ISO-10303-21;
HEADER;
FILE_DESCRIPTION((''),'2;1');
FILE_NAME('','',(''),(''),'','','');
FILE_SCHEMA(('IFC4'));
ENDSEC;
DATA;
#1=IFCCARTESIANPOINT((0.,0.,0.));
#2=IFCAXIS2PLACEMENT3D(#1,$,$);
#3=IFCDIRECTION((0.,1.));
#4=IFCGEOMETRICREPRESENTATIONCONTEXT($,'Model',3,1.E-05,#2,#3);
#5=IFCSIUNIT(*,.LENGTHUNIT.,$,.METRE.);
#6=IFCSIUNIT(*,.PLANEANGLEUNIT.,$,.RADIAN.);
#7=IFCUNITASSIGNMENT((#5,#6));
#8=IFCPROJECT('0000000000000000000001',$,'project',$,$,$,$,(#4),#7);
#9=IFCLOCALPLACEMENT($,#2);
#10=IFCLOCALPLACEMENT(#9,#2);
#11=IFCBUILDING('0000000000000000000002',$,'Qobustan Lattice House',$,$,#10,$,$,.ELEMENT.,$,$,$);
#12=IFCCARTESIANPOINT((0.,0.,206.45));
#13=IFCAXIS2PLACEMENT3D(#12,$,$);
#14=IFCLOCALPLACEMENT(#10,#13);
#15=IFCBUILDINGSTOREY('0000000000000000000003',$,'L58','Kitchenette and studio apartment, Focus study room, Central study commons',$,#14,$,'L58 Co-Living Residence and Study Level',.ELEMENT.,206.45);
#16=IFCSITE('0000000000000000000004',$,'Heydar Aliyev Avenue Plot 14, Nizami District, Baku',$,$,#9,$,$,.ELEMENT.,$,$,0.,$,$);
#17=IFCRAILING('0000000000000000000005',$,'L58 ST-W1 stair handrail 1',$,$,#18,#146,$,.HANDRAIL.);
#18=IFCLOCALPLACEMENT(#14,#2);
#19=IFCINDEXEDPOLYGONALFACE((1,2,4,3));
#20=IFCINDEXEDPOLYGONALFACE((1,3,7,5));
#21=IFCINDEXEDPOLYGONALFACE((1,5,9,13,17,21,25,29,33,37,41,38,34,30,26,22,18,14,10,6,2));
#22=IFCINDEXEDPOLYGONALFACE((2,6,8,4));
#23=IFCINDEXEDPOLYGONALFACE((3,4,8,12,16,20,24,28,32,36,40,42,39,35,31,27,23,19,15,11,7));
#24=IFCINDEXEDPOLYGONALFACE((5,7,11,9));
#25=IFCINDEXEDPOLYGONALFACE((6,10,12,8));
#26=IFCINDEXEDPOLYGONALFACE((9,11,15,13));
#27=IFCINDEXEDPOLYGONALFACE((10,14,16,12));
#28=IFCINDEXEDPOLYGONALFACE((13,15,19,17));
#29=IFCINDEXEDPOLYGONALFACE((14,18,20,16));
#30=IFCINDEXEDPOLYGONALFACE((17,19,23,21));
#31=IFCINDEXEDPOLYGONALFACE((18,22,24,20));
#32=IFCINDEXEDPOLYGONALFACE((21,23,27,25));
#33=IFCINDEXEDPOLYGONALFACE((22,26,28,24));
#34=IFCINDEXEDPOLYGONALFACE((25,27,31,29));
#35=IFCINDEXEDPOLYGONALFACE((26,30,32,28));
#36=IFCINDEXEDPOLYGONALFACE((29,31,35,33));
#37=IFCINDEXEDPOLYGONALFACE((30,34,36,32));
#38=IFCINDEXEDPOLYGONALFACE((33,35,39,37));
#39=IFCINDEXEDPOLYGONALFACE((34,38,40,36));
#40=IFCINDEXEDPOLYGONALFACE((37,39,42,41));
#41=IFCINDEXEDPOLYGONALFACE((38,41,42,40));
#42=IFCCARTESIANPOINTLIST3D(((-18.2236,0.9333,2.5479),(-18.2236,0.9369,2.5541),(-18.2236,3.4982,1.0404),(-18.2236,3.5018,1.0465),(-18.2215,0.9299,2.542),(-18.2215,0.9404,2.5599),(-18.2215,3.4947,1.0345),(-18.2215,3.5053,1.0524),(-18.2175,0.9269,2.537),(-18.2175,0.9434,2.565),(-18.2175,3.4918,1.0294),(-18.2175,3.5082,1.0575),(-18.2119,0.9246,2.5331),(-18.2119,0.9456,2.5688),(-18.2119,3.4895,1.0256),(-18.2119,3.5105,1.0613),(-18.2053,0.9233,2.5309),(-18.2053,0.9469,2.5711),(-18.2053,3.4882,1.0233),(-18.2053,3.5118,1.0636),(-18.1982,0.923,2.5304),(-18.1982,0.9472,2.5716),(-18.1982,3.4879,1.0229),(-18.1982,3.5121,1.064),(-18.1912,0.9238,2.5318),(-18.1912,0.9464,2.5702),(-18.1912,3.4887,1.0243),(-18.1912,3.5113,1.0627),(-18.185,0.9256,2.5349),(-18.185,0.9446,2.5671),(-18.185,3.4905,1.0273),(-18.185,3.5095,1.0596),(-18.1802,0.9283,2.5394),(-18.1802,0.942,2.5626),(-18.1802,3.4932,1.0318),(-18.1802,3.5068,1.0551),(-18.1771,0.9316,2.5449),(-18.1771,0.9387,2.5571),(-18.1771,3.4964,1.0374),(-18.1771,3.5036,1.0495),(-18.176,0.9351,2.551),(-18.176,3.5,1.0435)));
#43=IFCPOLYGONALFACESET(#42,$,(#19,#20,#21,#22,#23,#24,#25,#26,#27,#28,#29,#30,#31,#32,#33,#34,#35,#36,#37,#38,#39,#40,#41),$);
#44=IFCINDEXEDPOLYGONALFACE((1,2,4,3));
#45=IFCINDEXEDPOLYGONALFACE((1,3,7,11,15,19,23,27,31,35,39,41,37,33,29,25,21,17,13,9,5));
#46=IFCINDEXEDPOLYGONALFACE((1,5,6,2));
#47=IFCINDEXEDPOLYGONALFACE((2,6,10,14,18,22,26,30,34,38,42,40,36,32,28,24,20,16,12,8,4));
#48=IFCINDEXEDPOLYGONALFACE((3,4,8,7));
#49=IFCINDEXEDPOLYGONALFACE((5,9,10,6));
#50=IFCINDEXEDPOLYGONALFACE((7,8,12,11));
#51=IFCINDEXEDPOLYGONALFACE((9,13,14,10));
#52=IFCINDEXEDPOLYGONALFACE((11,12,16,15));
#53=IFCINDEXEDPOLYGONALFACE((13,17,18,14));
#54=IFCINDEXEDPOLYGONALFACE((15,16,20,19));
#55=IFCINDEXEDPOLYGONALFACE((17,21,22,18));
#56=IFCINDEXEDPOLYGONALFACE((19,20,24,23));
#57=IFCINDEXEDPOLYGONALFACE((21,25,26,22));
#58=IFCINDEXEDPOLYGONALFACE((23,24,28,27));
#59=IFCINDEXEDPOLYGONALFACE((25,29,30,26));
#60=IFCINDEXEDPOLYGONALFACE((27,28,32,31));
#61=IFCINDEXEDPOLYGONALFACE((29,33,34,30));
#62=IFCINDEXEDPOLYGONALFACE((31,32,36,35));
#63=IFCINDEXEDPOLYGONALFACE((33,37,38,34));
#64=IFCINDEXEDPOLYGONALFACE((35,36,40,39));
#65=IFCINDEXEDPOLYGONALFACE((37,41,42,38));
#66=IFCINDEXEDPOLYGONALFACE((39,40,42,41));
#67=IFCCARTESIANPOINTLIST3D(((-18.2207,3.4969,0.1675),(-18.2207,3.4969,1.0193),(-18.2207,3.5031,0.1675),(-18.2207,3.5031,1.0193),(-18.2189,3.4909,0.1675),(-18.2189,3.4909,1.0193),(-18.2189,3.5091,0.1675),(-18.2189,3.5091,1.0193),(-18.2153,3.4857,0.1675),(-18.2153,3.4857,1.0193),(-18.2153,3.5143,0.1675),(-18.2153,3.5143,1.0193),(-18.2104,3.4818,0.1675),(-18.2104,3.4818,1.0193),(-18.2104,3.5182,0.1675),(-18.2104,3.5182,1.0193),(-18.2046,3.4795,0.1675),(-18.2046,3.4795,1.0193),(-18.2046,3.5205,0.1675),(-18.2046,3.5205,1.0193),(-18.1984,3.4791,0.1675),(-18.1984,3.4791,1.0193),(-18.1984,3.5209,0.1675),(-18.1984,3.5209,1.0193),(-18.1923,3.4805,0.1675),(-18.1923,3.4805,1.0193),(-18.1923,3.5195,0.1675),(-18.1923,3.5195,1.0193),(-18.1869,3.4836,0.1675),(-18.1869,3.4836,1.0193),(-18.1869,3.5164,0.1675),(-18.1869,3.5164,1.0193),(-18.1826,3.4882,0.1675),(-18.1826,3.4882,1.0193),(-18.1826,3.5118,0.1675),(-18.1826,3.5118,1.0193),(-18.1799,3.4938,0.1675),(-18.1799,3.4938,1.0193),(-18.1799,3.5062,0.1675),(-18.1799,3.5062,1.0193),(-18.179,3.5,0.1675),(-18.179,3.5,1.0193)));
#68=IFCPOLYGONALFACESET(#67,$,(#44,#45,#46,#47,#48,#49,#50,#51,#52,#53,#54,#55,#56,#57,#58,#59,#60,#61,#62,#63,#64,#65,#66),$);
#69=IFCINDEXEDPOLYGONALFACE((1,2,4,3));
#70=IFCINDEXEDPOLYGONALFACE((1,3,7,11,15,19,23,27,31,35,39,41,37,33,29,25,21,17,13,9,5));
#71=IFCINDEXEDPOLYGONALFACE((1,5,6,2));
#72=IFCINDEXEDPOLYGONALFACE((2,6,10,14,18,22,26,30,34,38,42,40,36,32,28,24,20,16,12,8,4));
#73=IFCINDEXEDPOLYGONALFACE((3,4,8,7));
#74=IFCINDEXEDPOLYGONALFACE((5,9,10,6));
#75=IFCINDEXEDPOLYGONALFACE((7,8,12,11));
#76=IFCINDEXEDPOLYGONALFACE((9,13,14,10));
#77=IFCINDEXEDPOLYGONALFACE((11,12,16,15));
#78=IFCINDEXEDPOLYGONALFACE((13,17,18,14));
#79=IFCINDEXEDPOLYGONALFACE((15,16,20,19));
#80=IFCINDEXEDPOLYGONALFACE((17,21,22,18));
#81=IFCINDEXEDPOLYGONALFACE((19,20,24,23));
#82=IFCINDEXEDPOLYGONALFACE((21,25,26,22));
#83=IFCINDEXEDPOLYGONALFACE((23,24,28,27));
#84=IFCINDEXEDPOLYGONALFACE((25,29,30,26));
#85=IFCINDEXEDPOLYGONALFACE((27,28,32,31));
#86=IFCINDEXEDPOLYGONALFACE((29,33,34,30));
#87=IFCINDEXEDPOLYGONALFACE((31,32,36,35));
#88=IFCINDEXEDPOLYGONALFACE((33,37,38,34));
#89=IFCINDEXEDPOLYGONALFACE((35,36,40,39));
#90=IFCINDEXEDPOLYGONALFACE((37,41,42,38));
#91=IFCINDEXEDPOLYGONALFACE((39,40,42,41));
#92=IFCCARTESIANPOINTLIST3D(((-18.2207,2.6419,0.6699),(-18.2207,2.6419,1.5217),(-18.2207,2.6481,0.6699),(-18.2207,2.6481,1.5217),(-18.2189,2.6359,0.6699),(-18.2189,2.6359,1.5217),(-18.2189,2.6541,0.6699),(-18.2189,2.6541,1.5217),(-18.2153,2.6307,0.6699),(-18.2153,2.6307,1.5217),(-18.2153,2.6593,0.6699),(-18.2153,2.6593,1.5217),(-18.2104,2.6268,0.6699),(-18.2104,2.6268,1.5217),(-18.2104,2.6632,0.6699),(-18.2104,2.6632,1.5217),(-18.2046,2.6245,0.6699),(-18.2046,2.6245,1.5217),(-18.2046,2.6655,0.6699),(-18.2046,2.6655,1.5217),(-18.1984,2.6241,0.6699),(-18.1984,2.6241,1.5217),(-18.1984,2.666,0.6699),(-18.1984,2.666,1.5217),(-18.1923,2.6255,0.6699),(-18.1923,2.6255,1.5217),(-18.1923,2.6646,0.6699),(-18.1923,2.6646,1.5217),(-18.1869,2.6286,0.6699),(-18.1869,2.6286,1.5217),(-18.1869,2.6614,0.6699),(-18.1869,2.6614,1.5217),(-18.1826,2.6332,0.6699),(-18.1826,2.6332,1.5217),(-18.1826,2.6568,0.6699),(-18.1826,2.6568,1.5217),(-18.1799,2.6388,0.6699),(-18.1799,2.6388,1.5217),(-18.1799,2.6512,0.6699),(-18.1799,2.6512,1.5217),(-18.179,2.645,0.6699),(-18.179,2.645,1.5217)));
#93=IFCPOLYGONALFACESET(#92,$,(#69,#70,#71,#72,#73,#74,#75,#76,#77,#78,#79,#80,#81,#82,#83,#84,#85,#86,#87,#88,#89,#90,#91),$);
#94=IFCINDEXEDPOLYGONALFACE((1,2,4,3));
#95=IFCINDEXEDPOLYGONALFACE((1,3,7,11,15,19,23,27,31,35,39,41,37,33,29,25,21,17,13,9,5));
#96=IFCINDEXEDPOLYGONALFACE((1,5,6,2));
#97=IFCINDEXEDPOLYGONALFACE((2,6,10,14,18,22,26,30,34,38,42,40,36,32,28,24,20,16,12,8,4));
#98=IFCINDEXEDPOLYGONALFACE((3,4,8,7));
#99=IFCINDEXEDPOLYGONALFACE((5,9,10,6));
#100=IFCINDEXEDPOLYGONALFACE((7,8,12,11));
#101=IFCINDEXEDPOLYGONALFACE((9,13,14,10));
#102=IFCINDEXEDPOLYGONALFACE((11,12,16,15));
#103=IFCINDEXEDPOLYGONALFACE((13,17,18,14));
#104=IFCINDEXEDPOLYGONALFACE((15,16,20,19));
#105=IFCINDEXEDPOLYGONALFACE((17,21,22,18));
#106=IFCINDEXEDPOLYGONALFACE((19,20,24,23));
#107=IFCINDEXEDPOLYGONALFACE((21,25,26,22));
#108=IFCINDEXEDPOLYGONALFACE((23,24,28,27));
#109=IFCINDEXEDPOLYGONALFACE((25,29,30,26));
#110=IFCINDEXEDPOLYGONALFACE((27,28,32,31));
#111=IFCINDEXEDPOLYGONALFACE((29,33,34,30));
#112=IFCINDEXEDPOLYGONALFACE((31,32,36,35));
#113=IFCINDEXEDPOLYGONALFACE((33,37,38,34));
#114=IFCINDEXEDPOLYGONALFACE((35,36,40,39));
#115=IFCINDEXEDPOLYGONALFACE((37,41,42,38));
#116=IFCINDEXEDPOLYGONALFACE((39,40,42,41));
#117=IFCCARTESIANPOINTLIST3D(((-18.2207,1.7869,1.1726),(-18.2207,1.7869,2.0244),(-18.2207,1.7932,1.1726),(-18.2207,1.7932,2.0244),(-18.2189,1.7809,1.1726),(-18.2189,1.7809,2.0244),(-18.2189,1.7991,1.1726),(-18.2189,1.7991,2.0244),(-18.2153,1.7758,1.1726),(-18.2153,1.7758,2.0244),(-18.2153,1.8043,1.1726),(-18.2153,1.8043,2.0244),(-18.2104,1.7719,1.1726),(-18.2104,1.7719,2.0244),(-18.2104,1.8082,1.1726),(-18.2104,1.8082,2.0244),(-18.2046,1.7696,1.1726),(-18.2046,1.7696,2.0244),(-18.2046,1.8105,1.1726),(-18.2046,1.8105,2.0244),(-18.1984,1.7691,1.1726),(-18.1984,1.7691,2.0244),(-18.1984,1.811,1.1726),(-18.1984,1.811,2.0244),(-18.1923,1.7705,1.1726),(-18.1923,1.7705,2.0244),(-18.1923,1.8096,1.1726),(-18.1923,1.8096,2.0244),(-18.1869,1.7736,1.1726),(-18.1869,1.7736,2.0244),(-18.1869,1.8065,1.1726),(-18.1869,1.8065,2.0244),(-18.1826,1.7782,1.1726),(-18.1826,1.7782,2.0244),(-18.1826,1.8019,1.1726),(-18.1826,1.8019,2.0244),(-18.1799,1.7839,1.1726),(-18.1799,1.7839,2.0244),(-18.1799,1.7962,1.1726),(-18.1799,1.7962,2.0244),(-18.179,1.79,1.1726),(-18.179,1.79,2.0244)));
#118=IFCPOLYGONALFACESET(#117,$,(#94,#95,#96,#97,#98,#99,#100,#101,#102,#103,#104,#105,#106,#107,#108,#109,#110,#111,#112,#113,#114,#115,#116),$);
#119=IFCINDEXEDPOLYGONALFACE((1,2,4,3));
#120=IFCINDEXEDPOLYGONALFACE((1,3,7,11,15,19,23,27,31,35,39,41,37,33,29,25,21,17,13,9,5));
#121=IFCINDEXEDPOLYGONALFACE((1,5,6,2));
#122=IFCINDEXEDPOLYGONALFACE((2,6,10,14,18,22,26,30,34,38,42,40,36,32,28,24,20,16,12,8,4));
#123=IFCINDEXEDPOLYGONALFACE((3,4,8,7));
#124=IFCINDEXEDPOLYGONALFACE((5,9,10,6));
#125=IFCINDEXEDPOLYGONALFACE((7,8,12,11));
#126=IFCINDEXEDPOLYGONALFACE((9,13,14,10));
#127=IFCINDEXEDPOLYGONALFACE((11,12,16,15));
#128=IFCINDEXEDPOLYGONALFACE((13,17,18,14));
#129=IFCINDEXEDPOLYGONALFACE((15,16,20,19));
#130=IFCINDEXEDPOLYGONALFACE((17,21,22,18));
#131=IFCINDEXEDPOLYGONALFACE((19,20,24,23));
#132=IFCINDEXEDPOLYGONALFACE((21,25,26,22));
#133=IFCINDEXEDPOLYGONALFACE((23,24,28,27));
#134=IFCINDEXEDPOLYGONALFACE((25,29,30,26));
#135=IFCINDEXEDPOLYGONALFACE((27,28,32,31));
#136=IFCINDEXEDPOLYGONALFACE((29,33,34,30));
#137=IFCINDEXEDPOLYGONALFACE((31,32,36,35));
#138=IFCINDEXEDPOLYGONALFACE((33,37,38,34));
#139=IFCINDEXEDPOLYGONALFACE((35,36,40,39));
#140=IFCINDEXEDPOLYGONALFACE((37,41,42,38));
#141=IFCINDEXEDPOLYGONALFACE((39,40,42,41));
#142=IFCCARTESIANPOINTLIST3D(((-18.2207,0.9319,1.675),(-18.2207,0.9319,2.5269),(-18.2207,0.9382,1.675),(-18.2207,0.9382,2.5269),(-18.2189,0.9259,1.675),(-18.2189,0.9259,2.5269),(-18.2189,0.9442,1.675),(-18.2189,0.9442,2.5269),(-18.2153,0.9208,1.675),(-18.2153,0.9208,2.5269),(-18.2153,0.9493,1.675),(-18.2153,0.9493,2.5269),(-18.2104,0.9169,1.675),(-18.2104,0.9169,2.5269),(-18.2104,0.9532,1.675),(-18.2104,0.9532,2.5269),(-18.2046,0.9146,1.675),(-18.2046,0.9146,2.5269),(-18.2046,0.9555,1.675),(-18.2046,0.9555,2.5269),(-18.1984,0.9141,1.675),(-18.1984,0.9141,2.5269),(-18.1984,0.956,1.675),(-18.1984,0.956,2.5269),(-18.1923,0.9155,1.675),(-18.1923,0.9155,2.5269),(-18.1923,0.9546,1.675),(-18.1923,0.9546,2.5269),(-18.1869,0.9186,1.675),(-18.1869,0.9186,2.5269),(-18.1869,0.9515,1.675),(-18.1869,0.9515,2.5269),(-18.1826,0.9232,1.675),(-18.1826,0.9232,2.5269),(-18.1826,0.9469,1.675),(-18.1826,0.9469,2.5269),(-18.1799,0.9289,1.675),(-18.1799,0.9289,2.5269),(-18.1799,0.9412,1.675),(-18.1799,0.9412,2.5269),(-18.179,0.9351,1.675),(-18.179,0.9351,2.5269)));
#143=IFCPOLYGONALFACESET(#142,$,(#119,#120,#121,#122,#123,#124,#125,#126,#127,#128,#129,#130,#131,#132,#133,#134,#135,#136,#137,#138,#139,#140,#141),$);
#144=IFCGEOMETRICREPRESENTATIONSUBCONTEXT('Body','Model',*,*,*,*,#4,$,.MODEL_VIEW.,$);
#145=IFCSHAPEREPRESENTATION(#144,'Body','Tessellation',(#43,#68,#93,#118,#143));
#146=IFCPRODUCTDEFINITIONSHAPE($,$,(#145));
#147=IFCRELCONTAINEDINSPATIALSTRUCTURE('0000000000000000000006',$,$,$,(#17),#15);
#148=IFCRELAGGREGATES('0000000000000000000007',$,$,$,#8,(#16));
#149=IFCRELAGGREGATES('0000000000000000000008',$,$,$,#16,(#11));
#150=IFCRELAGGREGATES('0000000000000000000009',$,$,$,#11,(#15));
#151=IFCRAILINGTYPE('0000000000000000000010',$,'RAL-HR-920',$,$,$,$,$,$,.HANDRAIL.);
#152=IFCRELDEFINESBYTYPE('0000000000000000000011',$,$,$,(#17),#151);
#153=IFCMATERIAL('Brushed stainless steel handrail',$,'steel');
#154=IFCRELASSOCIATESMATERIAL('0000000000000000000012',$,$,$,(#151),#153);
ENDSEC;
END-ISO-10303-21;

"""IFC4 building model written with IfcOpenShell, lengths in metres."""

from ifc_helpers import new_model, si_unit, direction, frame, origin, origin_2d, place, context, subcontext, project, spatial, circle, extrude, material, type_object, element, save


model = new_model("IFC4")

# Units and contexts
model_context = context("Model", 3, precision=1e-05, world=origin(), true_north=direction((0.0, 1.0)))
body_context = subcontext(model_context, "Body", "Model", "MODEL_VIEW")
ifc_project = project(units=[si_unit("LENGTHUNIT", "METRE"), si_unit("PLANEANGLEUNIT", "RADIAN")], contexts=[model_context])

# Site, building, storey
site_placement = place(None, origin())
site = spatial("IfcSite", under=ifc_project, at=site_placement, Name="Heydar Aliyev Avenue Plot 14, Nizami District, Baku", CompositionType="ELEMENT", RefElevation=0.0)
building_placement = place(site_placement, origin())
building = spatial("IfcBuilding", under=site, at=building_placement, Name="Qobustan Lattice House", CompositionType="ELEMENT")
storey_placement = place(building_placement, frame((0.0, 0.0, 206.45)))
storey = spatial("IfcBuildingStorey", under=building, at=storey_placement, Name="L58", Description="Kitchenette and studio apartment, Focus study room, Central study commons", LongName="L58 Co-Living Residence and Study Level", CompositionType="ELEMENT", Elevation=206.45)

# Railing
ifc_material_1 = material(Name="Brushed stainless steel handrail", Category="steel")
railing_type_1 = type_object("IfcRailingType", Name="RAL-HR-920", PredefinedType="HANDRAIL", material=ifc_material_1)
railing_1_placement = place(storey_placement, frame((-18.2, 3.5, 0.1675)))
element("IfcRailing", 1, at=railing_1_placement, inside=storey, type_object=railing_type_1, Name="L58 ST-W1 stair handrail 1", PredefinedType="HANDRAIL", context=body_context, shape_type="SweptSolid", body=[
    extrude(circle(Radius=0.0239, at=origin_2d()), frame((0.0, 0.0, 0.876), z_axis=(0.0, -0.862113, 0.506715), x_axis=(1.0, 0.0, 0.0)), (0.0, 0.0, 1.0), 2.9751),
    extrude(circle(Radius=0.021, at=origin_2d()), origin(), (0.0, 0.0, 1.0), 0.8518),
    extrude(circle(Radius=0.021, at=origin_2d()), frame((0.0, -0.855, 0.5024)), (0.0, 0.0, 1.0), 0.8518),
    extrude(circle(Radius=0.021, at=origin_2d()), frame((0.0, -1.71, 1.0051)), (0.0, 0.0, 1.0), 0.8518),
    extrude(circle(Radius=0.021, at=origin_2d()), frame((0.0, -2.5649, 1.5076)), (0.0, 0.0, 1.0), 0.8518),
])

save(model, "model.ifc")
